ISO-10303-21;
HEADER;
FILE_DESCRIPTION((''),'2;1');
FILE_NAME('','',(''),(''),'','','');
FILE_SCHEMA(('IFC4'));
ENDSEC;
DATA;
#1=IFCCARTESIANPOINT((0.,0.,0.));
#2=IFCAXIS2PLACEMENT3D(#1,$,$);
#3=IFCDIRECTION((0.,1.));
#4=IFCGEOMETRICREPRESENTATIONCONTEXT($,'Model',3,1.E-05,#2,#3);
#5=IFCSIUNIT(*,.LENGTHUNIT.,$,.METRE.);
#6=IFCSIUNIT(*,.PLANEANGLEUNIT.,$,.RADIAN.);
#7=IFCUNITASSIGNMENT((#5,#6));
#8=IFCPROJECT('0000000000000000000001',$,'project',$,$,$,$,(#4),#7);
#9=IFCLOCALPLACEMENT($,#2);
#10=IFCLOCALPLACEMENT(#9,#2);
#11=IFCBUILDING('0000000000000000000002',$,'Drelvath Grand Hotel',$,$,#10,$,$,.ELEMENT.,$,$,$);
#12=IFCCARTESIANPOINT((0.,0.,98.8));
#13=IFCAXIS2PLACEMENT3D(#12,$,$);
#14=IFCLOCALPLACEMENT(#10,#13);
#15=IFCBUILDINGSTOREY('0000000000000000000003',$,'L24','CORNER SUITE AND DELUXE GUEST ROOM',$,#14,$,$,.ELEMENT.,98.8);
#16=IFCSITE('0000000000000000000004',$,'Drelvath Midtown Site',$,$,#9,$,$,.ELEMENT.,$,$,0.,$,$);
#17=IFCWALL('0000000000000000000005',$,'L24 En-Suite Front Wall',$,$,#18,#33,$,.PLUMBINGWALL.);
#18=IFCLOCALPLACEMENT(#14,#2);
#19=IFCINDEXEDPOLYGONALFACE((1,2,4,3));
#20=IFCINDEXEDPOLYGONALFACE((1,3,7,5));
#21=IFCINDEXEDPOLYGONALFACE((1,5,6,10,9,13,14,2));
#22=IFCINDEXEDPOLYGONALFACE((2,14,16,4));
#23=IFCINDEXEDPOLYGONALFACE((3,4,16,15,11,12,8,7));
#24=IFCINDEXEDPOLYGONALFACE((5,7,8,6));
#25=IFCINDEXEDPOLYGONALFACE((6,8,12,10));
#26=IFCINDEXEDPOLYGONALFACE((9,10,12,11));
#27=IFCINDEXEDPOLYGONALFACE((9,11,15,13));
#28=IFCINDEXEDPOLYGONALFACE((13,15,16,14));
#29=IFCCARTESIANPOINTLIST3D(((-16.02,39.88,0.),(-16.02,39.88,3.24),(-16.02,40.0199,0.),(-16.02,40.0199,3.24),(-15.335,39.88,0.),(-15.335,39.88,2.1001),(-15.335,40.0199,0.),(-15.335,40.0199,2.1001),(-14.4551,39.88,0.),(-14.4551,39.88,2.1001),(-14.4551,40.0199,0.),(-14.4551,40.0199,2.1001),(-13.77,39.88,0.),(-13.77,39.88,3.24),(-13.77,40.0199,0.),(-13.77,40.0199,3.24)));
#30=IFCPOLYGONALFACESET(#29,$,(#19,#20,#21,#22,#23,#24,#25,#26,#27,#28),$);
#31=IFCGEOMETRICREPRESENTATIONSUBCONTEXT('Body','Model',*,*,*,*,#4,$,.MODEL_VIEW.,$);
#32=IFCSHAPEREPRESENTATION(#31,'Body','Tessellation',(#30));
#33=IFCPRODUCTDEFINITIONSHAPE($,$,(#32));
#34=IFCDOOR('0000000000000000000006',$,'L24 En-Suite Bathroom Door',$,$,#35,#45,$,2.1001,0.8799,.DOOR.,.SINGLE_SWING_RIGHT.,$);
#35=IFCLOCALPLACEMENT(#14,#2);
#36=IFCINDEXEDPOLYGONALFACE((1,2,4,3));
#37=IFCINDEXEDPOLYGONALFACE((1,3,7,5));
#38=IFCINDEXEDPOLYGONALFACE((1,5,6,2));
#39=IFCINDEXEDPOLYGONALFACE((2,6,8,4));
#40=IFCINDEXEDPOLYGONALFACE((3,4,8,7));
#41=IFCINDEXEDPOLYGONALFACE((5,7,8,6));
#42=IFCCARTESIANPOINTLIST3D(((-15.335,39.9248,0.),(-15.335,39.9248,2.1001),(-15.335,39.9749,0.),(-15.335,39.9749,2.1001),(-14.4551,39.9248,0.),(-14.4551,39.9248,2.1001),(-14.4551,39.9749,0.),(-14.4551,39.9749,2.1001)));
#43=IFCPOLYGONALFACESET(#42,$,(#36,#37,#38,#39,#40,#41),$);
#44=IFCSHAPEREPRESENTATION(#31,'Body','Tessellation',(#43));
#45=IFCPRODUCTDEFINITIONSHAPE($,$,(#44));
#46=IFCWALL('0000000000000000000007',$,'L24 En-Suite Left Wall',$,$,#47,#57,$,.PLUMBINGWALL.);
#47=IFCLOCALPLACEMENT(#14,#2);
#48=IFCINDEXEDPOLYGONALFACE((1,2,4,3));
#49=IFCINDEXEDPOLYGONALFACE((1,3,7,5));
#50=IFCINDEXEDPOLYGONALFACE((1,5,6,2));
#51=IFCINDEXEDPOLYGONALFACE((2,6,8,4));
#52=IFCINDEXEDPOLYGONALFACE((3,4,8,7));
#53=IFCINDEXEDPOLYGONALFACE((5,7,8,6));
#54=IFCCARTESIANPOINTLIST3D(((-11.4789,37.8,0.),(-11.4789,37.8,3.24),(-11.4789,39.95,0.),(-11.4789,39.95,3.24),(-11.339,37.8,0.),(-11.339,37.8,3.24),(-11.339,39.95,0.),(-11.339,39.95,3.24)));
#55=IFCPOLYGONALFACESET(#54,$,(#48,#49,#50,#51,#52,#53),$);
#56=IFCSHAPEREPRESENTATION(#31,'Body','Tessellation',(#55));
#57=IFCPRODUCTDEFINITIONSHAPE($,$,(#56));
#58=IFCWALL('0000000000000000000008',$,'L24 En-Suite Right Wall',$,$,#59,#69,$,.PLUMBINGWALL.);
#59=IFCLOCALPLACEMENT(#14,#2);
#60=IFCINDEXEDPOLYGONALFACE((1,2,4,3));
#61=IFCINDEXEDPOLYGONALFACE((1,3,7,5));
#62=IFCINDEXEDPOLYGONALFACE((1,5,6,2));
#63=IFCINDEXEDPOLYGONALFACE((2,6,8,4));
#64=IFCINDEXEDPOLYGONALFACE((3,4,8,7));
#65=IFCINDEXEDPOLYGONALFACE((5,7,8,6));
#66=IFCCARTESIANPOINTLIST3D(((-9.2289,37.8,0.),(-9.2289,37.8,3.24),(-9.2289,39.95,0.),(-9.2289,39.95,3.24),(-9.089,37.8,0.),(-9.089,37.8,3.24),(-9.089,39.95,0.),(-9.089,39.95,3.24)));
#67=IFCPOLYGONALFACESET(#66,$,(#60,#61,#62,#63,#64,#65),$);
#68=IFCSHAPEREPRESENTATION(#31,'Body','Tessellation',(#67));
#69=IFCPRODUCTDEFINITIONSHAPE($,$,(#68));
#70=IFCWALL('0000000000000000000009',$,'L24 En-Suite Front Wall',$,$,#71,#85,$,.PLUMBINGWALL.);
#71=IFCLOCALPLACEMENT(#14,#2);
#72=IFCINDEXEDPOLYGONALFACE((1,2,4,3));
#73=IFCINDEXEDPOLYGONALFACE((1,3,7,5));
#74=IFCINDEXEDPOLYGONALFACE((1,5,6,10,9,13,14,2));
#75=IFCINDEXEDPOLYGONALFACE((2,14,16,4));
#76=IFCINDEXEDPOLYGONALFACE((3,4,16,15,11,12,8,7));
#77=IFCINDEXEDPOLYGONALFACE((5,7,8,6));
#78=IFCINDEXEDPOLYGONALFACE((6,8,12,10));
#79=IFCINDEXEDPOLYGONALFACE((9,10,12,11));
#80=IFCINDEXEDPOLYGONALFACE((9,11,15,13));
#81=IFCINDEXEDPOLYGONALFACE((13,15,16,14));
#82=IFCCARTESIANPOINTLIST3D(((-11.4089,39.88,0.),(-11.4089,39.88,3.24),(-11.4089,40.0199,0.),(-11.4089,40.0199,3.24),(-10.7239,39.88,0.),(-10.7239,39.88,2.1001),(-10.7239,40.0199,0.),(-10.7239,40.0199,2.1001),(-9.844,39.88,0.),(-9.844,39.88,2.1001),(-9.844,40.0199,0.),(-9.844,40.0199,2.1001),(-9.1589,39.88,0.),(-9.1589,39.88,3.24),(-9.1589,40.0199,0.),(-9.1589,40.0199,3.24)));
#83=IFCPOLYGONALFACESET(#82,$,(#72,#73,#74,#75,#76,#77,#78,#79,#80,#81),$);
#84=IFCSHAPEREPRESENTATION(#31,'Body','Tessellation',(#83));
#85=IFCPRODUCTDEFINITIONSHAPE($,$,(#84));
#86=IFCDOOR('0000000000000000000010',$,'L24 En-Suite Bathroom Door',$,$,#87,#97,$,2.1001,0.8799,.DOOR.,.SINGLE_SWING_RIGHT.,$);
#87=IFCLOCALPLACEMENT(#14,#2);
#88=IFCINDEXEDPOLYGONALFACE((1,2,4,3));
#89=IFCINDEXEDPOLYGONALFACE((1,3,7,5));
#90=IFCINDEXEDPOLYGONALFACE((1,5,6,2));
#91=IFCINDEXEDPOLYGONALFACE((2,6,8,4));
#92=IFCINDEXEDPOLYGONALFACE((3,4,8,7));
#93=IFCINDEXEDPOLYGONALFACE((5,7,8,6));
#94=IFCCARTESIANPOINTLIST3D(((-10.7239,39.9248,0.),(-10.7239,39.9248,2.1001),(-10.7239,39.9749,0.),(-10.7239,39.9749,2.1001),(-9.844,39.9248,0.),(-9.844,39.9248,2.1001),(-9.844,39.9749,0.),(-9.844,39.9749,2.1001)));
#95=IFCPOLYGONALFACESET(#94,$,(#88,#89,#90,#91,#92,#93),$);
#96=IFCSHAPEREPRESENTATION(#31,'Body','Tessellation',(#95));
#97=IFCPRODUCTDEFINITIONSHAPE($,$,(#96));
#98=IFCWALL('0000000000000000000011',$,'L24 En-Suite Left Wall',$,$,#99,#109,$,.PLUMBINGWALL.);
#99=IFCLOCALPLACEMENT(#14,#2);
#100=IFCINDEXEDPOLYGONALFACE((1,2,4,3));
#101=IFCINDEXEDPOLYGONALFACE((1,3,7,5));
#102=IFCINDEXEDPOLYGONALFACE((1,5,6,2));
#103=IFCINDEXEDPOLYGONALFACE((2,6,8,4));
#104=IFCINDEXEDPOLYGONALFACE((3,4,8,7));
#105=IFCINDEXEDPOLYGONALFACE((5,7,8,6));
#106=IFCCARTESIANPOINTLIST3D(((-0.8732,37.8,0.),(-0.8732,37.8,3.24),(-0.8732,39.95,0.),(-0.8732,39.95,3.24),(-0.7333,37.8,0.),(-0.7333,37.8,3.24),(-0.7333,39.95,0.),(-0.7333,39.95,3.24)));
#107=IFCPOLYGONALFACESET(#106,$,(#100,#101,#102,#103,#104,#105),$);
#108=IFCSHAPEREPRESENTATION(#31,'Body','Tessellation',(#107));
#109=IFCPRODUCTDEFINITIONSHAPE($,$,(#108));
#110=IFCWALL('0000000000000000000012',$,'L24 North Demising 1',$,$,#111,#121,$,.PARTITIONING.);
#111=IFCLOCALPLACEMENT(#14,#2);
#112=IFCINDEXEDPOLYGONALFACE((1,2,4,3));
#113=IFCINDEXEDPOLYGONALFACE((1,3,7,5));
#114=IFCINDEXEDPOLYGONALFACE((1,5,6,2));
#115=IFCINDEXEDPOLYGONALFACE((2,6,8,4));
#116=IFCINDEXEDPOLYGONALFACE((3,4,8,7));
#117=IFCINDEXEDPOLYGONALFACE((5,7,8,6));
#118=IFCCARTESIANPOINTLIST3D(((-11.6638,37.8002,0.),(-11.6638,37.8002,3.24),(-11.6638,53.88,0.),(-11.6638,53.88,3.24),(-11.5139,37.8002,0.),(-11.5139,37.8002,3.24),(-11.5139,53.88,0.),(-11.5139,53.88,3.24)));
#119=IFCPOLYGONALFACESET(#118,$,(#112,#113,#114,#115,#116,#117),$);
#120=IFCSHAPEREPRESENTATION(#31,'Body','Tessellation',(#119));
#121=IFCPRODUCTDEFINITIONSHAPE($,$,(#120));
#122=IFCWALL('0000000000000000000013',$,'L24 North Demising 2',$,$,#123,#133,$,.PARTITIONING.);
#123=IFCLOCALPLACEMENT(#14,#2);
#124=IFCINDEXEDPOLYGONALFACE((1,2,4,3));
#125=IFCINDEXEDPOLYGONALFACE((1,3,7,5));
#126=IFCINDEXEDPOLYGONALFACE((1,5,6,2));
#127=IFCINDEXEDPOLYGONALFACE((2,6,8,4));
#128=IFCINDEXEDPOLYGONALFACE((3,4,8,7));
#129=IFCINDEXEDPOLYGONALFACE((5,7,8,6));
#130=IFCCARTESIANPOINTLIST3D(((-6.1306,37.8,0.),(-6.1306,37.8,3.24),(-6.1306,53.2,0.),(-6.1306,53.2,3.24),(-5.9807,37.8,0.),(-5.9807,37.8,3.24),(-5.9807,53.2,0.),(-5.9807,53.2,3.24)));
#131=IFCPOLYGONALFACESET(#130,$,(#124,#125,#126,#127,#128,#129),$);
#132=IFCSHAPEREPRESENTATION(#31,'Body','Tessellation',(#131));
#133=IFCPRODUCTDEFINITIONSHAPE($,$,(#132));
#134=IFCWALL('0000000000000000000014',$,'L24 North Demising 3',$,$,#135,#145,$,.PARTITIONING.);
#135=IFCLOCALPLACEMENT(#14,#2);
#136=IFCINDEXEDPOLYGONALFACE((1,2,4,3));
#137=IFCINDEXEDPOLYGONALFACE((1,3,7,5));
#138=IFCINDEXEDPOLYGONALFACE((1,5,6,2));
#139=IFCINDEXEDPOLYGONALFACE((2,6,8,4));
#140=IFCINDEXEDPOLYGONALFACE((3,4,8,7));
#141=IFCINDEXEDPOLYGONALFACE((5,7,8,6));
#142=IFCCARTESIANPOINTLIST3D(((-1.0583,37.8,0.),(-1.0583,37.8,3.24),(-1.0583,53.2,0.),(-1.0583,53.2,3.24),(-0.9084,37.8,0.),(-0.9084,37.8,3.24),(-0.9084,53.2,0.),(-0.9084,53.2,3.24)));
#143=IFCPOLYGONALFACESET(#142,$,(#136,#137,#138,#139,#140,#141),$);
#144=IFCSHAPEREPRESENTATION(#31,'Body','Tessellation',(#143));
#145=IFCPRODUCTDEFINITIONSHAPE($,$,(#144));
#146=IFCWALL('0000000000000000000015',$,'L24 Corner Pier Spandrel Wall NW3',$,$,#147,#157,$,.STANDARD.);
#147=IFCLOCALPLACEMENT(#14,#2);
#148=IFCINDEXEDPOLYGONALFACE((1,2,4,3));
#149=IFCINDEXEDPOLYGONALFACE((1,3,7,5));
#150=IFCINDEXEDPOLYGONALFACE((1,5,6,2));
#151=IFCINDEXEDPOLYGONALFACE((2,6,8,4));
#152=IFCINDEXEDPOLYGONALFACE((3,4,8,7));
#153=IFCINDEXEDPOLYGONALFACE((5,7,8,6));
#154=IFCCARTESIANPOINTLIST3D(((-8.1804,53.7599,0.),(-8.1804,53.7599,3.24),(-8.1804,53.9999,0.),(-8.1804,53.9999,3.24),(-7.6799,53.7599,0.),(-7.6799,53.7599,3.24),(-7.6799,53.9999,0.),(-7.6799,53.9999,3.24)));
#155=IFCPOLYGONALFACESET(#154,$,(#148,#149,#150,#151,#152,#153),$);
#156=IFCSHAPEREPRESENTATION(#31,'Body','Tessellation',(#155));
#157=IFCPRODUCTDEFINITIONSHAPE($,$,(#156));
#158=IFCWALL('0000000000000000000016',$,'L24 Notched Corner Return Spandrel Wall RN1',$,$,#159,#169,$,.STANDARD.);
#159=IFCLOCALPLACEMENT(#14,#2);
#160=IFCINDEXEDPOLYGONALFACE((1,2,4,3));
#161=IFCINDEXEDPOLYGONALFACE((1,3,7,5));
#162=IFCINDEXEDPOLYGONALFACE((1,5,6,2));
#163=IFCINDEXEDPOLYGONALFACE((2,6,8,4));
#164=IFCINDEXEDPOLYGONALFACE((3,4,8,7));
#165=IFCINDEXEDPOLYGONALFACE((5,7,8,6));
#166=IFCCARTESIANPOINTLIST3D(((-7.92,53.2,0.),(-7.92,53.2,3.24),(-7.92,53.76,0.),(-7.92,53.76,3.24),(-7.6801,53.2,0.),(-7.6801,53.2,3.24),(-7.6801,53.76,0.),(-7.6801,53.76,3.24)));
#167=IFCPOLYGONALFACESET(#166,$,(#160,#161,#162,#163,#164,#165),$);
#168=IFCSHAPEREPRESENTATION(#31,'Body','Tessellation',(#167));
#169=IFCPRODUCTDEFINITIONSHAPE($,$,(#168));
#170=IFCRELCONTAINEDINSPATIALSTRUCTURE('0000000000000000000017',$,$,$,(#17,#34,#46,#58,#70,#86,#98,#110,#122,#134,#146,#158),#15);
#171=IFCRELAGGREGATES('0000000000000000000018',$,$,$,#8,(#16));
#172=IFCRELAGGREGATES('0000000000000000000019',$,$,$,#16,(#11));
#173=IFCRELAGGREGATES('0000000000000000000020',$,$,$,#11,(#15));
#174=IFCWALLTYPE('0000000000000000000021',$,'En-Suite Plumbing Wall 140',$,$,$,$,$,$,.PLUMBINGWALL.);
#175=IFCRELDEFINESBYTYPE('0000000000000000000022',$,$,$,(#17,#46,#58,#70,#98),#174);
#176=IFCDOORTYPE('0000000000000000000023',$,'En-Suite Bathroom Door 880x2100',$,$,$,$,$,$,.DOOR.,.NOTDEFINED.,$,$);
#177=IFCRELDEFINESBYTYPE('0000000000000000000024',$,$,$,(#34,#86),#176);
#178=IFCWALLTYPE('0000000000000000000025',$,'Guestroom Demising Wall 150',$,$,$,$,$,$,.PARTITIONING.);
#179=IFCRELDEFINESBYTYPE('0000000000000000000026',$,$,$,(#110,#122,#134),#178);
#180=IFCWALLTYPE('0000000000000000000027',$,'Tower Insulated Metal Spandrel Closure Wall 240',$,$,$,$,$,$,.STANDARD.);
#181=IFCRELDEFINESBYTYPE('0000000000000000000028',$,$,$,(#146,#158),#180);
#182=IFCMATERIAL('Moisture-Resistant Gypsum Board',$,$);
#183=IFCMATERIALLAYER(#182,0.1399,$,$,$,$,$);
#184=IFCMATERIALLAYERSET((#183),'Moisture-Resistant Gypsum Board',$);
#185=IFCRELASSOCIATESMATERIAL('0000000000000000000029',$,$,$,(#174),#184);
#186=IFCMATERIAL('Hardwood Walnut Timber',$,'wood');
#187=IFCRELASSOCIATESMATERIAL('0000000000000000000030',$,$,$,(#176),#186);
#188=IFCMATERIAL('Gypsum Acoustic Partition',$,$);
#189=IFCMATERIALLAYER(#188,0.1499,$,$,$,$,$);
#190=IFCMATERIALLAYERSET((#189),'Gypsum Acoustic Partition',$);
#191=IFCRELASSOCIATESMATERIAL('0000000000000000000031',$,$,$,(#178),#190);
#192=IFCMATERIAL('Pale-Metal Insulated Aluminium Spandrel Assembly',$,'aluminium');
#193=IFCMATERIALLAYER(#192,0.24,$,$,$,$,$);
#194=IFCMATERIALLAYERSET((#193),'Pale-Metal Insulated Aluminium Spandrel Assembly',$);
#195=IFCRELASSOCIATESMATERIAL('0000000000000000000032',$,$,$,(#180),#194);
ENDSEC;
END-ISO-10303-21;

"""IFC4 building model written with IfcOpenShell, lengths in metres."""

from ifc_helpers import new_model, si_unit, direction, frame, frame_2d, origin, place, context, subcontext, project, spatial, rectangle, extrude, material, layer, layer_set, type_object, element, fill, save


model = new_model("IFC4")

# Units and contexts
model_context = context("Model", 3, precision=1e-05, world=origin(), true_north=direction((0.0, 1.0)))
body_context = subcontext(model_context, "Body", "Model", "MODEL_VIEW")
ifc_project = project(units=[si_unit("LENGTHUNIT", "METRE"), si_unit("PLANEANGLEUNIT", "RADIAN")], contexts=[model_context])

# Site, building, storey
site_placement = place(None, origin())
site = spatial("IfcSite", under=ifc_project, at=site_placement, Name="Drelvath Midtown Site", CompositionType="ELEMENT", RefElevation=0.0)
building_placement = place(site_placement, origin())
building = spatial("IfcBuilding", under=site, at=building_placement, Name="Drelvath Grand Hotel", CompositionType="ELEMENT")
storey_placement = place(building_placement, frame((0.0, 0.0, 98.8)))
storey = spatial("IfcBuildingStorey", under=building, at=storey_placement, Name="L24", Description="CORNER SUITE AND DELUXE GUEST ROOM", CompositionType="ELEMENT", Elevation=98.8)

# Wall, opening, door
ifc_material_1 = material(Name="Moisture-Resistant Gypsum Board")
ifc_layer_1 = layer(ifc_material_1, 0.1399)
ifc_layer_set_1 = layer_set([ifc_layer_1], Name="Moisture-Resistant Gypsum Board")
wall_type_1 = type_object("IfcWallType", Name="En-Suite Plumbing Wall 140", PredefinedType="PLUMBINGWALL", material=ifc_layer_set_1)
wall_1_placement = place(storey_placement, frame((-16.02, 39.95, 0.0), z_axis=(0.0, 0.0, 1.0), x_axis=(1.0, 0.0, 0.0)))
wall_1 = element("IfcWall", 1, at=wall_1_placement, inside=storey, type_object=wall_type_1, Name="L24 En-Suite Front Wall", PredefinedType="PLUMBINGWALL", context=body_context, shape_type="SweptSolid", body=[
    extrude(rectangle(XDim=2.25, YDim=0.1399, at=frame_2d((1.125, 0.0))), origin(), (0.0, 0.0, 1.0), 3.24),
])
opening_1_placement = place(wall_1_placement, frame((0.6851, 0.0, 0.0)))
opening_1 = element("IfcOpeningElement", 2, at=opening_1_placement, cuts=wall_1, PredefinedType="OPENING", context=body_context, shape_type="SweptSolid", body=[
    extrude(rectangle(XDim=0.8799, YDim=2.1001, at=frame_2d((0.4399, 1.05))), frame((0.0, 0.0798, 0.0), z_axis=(0.0, -1.0, 0.0), x_axis=(1.0, 0.0, 0.0)), (0.0, 0.0, 1.0), 0.1599),
])
ifc_material_2 = material(Name="Hardwood Walnut Timber", Category="wood")
door_type = type_object("IfcDoorType", Name="En-Suite Bathroom Door 880x2100", OperationType="NOTDEFINED", PredefinedType="DOOR", material=ifc_material_2)
door_1_placement = place(opening_1_placement, origin())
door_1 = element("IfcDoor", 3, at=door_1_placement, inside=storey, type_object=door_type, Name="L24 En-Suite Bathroom Door", OperationType="SINGLE_SWING_RIGHT", OverallHeight=2.1001, OverallWidth=0.8799, PredefinedType="DOOR", context=body_context, shape_type="SweptSolid", body=[
    extrude(rectangle(XDim=0.8799, YDim=2.1001, at=frame_2d((0.4399, 1.05))), frame((0.0, 0.0249, 0.0), z_axis=(0.0, -1.0, 0.0), x_axis=(1.0, 0.0, 0.0)), (0.0, 0.0, 1.0), 0.05),
])
fill(opening_1, door_1)

# Walls
for number, where, z_axis, x_axis, name in (
    (4, (-11.4089, 37.8, 0.0), (0.0, 0.0, 1.0), (0.0, 1.0, 0.0), "L24 En-Suite Left Wall"),
    (5, (-9.1589, 37.8, 0.0), (0.0, 0.0, 1.0), (0.0, 1.0, 0.0), "L24 En-Suite Right Wall"),
):
    element("IfcWall", number, at=place(storey_placement, frame(where, z_axis=z_axis, x_axis=x_axis)), inside=storey, type_object=wall_type_1, Name=name, PredefinedType="PLUMBINGWALL", context=body_context, shape_type="SweptSolid", body=[
        extrude(rectangle(XDim=2.1499, YDim=0.1399, at=frame_2d((1.075, 0.0))), origin(), (0.0, 0.0, 1.0), 3.24),
    ])

# Wall, opening, door
wall_2_placement = place(storey_placement, frame((-11.4089, 39.95, 0.0), z_axis=(0.0, 0.0, 1.0), x_axis=(1.0, 0.0, 0.0)))
wall_2 = element("IfcWall", 6, at=wall_2_placement, inside=storey, type_object=wall_type_1, Name="L24 En-Suite Front Wall", PredefinedType="PLUMBINGWALL", context=body_context, shape_type="SweptSolid", body=[
    extrude(rectangle(XDim=2.25, YDim=0.1399, at=frame_2d((1.125, 0.0))), origin(), (0.0, 0.0, 1.0), 3.24),
])
opening_2_placement = place(wall_2_placement, frame((0.6851, 0.0, 0.0)))
opening_2 = element("IfcOpeningElement", 7, at=opening_2_placement, cuts=wall_2, PredefinedType="OPENING", context=body_context, shape_type="SweptSolid", body=[
    extrude(rectangle(XDim=0.8799, YDim=2.1001, at=frame_2d((0.4399, 1.05))), frame((0.0, 0.0798, 0.0), z_axis=(0.0, -1.0, 0.0), x_axis=(1.0, 0.0, 0.0)), (0.0, 0.0, 1.0), 0.1599),
])
door_2_placement = place(opening_2_placement, origin())
door_2 = element("IfcDoor", 8, at=door_2_placement, inside=storey, type_object=door_type, Name="L24 En-Suite Bathroom Door", OperationType="SINGLE_SWING_RIGHT", OverallHeight=2.1001, OverallWidth=0.8799, PredefinedType="DOOR", context=body_context, shape_type="SweptSolid", body=[
    extrude(rectangle(XDim=0.8799, YDim=2.1001, at=frame_2d((0.4399, 1.05))), frame((0.0, 0.0249, 0.0), z_axis=(0.0, -1.0, 0.0), x_axis=(1.0, 0.0, 0.0)), (0.0, 0.0, 1.0), 0.05),
])
fill(opening_2, door_2)

# Walls
wall_3_placement = place(storey_placement, frame((-0.8032, 37.8, 0.0), z_axis=(0.0, 0.0, 1.0), x_axis=(0.0, 1.0, 0.0)))
element("IfcWall", 9, at=wall_3_placement, inside=storey, type_object=wall_type_1, Name="L24 En-Suite Left Wall", PredefinedType="PLUMBINGWALL", context=body_context, shape_type="SweptSolid", body=[
    extrude(rectangle(XDim=2.1499, YDim=0.1399, at=frame_2d((1.075, 0.0))), origin(), (0.0, 0.0, 1.0), 3.24),
])
ifc_material_3 = material(Name="Gypsum Acoustic Partition")
ifc_layer_2 = layer(ifc_material_3, 0.1499)
ifc_layer_set_2 = layer_set([ifc_layer_2], Name="Gypsum Acoustic Partition")
wall_type_2 = type_object("IfcWallType", Name="Guestroom Demising Wall 150", PredefinedType="PARTITIONING", material=ifc_layer_set_2)
wall_4_placement = place(storey_placement, frame((-11.5889, 37.8, 0.0), z_axis=(0.0, 0.0, 1.0), x_axis=(0.0, 1.0, 0.0)))
element("IfcWall", 10, at=wall_4_placement, inside=storey, type_object=wall_type_2, Name="L24 North Demising 1", PredefinedType="PARTITIONING", context=body_context, shape_type="SweptSolid", body=[
    extrude(rectangle(XDim=16.0798, YDim=0.1499, at=frame_2d((8.04, 0.0))), origin(), (0.0, 0.0, 1.0), 3.24),
])
for number, where, z_axis, x_axis, name in (
    (11, (-6.0557, 37.8, 0.0), (0.0, 0.0, 1.0), (0.0, 1.0, 0.0), "L24 North Demising 2"),
    (12, (-0.9834, 37.8, 0.0), (0.0, 0.0, 1.0), (0.0, 1.0, 0.0), "L24 North Demising 3"),
):
    element("IfcWall", number, at=place(storey_placement, frame(where, z_axis=z_axis, x_axis=x_axis)), inside=storey, type_object=wall_type_2, Name=name, PredefinedType="PARTITIONING", context=body_context, shape_type="SweptSolid", body=[
        extrude(rectangle(XDim=15.3999, YDim=0.1499, at=frame_2d((7.7, 0.0))), origin(), (0.0, 0.0, 1.0), 3.24),
    ])
ifc_material_4 = material(Name="Pale-Metal Insulated Aluminium Spandrel Assembly", Category="aluminium")
ifc_layer_3 = layer(ifc_material_4, 0.24)
ifc_layer_set_3 = layer_set([ifc_layer_3], Name="Pale-Metal Insulated Aluminium Spandrel Assembly")
wall_type_3 = type_object("IfcWallType", Name="Tower Insulated Metal Spandrel Closure Wall 240", PredefinedType="STANDARD", material=ifc_layer_set_3)
wall_5_placement = place(storey_placement, frame((-8.1804, 53.8799, 0.0), z_axis=(0.0, 0.0, 1.0), x_axis=(1.0, 0.0, 0.0)))
element("IfcWall", 13, at=wall_5_placement, inside=storey, type_object=wall_type_3, Name="L24 Corner Pier Spandrel Wall NW3", PredefinedType="STANDARD", context=body_context, shape_type="SweptSolid", body=[
    extrude(rectangle(XDim=0.5005, YDim=0.24, at=frame_2d((0.2502, 0.0))), origin(), (0.0, 0.0, 1.0), 3.24),
])
wall_6_placement = place(storey_placement, frame((-7.8, 53.76, 0.0), z_axis=(0.0, 0.0, 1.0), x_axis=(0.0, -1.0, 0.0)))
element("IfcWall", 14, at=wall_6_placement, inside=storey, type_object=wall_type_3, Name="L24 Notched Corner Return Spandrel Wall RN1", PredefinedType="STANDARD", context=body_context, shape_type="SweptSolid", body=[
    extrude(rectangle(XDim=0.5601, YDim=0.24, at=frame_2d((0.28, 0.0))), origin(), (0.0, 0.0, 1.0), 3.24),
])

save(model, "model.ifc")
